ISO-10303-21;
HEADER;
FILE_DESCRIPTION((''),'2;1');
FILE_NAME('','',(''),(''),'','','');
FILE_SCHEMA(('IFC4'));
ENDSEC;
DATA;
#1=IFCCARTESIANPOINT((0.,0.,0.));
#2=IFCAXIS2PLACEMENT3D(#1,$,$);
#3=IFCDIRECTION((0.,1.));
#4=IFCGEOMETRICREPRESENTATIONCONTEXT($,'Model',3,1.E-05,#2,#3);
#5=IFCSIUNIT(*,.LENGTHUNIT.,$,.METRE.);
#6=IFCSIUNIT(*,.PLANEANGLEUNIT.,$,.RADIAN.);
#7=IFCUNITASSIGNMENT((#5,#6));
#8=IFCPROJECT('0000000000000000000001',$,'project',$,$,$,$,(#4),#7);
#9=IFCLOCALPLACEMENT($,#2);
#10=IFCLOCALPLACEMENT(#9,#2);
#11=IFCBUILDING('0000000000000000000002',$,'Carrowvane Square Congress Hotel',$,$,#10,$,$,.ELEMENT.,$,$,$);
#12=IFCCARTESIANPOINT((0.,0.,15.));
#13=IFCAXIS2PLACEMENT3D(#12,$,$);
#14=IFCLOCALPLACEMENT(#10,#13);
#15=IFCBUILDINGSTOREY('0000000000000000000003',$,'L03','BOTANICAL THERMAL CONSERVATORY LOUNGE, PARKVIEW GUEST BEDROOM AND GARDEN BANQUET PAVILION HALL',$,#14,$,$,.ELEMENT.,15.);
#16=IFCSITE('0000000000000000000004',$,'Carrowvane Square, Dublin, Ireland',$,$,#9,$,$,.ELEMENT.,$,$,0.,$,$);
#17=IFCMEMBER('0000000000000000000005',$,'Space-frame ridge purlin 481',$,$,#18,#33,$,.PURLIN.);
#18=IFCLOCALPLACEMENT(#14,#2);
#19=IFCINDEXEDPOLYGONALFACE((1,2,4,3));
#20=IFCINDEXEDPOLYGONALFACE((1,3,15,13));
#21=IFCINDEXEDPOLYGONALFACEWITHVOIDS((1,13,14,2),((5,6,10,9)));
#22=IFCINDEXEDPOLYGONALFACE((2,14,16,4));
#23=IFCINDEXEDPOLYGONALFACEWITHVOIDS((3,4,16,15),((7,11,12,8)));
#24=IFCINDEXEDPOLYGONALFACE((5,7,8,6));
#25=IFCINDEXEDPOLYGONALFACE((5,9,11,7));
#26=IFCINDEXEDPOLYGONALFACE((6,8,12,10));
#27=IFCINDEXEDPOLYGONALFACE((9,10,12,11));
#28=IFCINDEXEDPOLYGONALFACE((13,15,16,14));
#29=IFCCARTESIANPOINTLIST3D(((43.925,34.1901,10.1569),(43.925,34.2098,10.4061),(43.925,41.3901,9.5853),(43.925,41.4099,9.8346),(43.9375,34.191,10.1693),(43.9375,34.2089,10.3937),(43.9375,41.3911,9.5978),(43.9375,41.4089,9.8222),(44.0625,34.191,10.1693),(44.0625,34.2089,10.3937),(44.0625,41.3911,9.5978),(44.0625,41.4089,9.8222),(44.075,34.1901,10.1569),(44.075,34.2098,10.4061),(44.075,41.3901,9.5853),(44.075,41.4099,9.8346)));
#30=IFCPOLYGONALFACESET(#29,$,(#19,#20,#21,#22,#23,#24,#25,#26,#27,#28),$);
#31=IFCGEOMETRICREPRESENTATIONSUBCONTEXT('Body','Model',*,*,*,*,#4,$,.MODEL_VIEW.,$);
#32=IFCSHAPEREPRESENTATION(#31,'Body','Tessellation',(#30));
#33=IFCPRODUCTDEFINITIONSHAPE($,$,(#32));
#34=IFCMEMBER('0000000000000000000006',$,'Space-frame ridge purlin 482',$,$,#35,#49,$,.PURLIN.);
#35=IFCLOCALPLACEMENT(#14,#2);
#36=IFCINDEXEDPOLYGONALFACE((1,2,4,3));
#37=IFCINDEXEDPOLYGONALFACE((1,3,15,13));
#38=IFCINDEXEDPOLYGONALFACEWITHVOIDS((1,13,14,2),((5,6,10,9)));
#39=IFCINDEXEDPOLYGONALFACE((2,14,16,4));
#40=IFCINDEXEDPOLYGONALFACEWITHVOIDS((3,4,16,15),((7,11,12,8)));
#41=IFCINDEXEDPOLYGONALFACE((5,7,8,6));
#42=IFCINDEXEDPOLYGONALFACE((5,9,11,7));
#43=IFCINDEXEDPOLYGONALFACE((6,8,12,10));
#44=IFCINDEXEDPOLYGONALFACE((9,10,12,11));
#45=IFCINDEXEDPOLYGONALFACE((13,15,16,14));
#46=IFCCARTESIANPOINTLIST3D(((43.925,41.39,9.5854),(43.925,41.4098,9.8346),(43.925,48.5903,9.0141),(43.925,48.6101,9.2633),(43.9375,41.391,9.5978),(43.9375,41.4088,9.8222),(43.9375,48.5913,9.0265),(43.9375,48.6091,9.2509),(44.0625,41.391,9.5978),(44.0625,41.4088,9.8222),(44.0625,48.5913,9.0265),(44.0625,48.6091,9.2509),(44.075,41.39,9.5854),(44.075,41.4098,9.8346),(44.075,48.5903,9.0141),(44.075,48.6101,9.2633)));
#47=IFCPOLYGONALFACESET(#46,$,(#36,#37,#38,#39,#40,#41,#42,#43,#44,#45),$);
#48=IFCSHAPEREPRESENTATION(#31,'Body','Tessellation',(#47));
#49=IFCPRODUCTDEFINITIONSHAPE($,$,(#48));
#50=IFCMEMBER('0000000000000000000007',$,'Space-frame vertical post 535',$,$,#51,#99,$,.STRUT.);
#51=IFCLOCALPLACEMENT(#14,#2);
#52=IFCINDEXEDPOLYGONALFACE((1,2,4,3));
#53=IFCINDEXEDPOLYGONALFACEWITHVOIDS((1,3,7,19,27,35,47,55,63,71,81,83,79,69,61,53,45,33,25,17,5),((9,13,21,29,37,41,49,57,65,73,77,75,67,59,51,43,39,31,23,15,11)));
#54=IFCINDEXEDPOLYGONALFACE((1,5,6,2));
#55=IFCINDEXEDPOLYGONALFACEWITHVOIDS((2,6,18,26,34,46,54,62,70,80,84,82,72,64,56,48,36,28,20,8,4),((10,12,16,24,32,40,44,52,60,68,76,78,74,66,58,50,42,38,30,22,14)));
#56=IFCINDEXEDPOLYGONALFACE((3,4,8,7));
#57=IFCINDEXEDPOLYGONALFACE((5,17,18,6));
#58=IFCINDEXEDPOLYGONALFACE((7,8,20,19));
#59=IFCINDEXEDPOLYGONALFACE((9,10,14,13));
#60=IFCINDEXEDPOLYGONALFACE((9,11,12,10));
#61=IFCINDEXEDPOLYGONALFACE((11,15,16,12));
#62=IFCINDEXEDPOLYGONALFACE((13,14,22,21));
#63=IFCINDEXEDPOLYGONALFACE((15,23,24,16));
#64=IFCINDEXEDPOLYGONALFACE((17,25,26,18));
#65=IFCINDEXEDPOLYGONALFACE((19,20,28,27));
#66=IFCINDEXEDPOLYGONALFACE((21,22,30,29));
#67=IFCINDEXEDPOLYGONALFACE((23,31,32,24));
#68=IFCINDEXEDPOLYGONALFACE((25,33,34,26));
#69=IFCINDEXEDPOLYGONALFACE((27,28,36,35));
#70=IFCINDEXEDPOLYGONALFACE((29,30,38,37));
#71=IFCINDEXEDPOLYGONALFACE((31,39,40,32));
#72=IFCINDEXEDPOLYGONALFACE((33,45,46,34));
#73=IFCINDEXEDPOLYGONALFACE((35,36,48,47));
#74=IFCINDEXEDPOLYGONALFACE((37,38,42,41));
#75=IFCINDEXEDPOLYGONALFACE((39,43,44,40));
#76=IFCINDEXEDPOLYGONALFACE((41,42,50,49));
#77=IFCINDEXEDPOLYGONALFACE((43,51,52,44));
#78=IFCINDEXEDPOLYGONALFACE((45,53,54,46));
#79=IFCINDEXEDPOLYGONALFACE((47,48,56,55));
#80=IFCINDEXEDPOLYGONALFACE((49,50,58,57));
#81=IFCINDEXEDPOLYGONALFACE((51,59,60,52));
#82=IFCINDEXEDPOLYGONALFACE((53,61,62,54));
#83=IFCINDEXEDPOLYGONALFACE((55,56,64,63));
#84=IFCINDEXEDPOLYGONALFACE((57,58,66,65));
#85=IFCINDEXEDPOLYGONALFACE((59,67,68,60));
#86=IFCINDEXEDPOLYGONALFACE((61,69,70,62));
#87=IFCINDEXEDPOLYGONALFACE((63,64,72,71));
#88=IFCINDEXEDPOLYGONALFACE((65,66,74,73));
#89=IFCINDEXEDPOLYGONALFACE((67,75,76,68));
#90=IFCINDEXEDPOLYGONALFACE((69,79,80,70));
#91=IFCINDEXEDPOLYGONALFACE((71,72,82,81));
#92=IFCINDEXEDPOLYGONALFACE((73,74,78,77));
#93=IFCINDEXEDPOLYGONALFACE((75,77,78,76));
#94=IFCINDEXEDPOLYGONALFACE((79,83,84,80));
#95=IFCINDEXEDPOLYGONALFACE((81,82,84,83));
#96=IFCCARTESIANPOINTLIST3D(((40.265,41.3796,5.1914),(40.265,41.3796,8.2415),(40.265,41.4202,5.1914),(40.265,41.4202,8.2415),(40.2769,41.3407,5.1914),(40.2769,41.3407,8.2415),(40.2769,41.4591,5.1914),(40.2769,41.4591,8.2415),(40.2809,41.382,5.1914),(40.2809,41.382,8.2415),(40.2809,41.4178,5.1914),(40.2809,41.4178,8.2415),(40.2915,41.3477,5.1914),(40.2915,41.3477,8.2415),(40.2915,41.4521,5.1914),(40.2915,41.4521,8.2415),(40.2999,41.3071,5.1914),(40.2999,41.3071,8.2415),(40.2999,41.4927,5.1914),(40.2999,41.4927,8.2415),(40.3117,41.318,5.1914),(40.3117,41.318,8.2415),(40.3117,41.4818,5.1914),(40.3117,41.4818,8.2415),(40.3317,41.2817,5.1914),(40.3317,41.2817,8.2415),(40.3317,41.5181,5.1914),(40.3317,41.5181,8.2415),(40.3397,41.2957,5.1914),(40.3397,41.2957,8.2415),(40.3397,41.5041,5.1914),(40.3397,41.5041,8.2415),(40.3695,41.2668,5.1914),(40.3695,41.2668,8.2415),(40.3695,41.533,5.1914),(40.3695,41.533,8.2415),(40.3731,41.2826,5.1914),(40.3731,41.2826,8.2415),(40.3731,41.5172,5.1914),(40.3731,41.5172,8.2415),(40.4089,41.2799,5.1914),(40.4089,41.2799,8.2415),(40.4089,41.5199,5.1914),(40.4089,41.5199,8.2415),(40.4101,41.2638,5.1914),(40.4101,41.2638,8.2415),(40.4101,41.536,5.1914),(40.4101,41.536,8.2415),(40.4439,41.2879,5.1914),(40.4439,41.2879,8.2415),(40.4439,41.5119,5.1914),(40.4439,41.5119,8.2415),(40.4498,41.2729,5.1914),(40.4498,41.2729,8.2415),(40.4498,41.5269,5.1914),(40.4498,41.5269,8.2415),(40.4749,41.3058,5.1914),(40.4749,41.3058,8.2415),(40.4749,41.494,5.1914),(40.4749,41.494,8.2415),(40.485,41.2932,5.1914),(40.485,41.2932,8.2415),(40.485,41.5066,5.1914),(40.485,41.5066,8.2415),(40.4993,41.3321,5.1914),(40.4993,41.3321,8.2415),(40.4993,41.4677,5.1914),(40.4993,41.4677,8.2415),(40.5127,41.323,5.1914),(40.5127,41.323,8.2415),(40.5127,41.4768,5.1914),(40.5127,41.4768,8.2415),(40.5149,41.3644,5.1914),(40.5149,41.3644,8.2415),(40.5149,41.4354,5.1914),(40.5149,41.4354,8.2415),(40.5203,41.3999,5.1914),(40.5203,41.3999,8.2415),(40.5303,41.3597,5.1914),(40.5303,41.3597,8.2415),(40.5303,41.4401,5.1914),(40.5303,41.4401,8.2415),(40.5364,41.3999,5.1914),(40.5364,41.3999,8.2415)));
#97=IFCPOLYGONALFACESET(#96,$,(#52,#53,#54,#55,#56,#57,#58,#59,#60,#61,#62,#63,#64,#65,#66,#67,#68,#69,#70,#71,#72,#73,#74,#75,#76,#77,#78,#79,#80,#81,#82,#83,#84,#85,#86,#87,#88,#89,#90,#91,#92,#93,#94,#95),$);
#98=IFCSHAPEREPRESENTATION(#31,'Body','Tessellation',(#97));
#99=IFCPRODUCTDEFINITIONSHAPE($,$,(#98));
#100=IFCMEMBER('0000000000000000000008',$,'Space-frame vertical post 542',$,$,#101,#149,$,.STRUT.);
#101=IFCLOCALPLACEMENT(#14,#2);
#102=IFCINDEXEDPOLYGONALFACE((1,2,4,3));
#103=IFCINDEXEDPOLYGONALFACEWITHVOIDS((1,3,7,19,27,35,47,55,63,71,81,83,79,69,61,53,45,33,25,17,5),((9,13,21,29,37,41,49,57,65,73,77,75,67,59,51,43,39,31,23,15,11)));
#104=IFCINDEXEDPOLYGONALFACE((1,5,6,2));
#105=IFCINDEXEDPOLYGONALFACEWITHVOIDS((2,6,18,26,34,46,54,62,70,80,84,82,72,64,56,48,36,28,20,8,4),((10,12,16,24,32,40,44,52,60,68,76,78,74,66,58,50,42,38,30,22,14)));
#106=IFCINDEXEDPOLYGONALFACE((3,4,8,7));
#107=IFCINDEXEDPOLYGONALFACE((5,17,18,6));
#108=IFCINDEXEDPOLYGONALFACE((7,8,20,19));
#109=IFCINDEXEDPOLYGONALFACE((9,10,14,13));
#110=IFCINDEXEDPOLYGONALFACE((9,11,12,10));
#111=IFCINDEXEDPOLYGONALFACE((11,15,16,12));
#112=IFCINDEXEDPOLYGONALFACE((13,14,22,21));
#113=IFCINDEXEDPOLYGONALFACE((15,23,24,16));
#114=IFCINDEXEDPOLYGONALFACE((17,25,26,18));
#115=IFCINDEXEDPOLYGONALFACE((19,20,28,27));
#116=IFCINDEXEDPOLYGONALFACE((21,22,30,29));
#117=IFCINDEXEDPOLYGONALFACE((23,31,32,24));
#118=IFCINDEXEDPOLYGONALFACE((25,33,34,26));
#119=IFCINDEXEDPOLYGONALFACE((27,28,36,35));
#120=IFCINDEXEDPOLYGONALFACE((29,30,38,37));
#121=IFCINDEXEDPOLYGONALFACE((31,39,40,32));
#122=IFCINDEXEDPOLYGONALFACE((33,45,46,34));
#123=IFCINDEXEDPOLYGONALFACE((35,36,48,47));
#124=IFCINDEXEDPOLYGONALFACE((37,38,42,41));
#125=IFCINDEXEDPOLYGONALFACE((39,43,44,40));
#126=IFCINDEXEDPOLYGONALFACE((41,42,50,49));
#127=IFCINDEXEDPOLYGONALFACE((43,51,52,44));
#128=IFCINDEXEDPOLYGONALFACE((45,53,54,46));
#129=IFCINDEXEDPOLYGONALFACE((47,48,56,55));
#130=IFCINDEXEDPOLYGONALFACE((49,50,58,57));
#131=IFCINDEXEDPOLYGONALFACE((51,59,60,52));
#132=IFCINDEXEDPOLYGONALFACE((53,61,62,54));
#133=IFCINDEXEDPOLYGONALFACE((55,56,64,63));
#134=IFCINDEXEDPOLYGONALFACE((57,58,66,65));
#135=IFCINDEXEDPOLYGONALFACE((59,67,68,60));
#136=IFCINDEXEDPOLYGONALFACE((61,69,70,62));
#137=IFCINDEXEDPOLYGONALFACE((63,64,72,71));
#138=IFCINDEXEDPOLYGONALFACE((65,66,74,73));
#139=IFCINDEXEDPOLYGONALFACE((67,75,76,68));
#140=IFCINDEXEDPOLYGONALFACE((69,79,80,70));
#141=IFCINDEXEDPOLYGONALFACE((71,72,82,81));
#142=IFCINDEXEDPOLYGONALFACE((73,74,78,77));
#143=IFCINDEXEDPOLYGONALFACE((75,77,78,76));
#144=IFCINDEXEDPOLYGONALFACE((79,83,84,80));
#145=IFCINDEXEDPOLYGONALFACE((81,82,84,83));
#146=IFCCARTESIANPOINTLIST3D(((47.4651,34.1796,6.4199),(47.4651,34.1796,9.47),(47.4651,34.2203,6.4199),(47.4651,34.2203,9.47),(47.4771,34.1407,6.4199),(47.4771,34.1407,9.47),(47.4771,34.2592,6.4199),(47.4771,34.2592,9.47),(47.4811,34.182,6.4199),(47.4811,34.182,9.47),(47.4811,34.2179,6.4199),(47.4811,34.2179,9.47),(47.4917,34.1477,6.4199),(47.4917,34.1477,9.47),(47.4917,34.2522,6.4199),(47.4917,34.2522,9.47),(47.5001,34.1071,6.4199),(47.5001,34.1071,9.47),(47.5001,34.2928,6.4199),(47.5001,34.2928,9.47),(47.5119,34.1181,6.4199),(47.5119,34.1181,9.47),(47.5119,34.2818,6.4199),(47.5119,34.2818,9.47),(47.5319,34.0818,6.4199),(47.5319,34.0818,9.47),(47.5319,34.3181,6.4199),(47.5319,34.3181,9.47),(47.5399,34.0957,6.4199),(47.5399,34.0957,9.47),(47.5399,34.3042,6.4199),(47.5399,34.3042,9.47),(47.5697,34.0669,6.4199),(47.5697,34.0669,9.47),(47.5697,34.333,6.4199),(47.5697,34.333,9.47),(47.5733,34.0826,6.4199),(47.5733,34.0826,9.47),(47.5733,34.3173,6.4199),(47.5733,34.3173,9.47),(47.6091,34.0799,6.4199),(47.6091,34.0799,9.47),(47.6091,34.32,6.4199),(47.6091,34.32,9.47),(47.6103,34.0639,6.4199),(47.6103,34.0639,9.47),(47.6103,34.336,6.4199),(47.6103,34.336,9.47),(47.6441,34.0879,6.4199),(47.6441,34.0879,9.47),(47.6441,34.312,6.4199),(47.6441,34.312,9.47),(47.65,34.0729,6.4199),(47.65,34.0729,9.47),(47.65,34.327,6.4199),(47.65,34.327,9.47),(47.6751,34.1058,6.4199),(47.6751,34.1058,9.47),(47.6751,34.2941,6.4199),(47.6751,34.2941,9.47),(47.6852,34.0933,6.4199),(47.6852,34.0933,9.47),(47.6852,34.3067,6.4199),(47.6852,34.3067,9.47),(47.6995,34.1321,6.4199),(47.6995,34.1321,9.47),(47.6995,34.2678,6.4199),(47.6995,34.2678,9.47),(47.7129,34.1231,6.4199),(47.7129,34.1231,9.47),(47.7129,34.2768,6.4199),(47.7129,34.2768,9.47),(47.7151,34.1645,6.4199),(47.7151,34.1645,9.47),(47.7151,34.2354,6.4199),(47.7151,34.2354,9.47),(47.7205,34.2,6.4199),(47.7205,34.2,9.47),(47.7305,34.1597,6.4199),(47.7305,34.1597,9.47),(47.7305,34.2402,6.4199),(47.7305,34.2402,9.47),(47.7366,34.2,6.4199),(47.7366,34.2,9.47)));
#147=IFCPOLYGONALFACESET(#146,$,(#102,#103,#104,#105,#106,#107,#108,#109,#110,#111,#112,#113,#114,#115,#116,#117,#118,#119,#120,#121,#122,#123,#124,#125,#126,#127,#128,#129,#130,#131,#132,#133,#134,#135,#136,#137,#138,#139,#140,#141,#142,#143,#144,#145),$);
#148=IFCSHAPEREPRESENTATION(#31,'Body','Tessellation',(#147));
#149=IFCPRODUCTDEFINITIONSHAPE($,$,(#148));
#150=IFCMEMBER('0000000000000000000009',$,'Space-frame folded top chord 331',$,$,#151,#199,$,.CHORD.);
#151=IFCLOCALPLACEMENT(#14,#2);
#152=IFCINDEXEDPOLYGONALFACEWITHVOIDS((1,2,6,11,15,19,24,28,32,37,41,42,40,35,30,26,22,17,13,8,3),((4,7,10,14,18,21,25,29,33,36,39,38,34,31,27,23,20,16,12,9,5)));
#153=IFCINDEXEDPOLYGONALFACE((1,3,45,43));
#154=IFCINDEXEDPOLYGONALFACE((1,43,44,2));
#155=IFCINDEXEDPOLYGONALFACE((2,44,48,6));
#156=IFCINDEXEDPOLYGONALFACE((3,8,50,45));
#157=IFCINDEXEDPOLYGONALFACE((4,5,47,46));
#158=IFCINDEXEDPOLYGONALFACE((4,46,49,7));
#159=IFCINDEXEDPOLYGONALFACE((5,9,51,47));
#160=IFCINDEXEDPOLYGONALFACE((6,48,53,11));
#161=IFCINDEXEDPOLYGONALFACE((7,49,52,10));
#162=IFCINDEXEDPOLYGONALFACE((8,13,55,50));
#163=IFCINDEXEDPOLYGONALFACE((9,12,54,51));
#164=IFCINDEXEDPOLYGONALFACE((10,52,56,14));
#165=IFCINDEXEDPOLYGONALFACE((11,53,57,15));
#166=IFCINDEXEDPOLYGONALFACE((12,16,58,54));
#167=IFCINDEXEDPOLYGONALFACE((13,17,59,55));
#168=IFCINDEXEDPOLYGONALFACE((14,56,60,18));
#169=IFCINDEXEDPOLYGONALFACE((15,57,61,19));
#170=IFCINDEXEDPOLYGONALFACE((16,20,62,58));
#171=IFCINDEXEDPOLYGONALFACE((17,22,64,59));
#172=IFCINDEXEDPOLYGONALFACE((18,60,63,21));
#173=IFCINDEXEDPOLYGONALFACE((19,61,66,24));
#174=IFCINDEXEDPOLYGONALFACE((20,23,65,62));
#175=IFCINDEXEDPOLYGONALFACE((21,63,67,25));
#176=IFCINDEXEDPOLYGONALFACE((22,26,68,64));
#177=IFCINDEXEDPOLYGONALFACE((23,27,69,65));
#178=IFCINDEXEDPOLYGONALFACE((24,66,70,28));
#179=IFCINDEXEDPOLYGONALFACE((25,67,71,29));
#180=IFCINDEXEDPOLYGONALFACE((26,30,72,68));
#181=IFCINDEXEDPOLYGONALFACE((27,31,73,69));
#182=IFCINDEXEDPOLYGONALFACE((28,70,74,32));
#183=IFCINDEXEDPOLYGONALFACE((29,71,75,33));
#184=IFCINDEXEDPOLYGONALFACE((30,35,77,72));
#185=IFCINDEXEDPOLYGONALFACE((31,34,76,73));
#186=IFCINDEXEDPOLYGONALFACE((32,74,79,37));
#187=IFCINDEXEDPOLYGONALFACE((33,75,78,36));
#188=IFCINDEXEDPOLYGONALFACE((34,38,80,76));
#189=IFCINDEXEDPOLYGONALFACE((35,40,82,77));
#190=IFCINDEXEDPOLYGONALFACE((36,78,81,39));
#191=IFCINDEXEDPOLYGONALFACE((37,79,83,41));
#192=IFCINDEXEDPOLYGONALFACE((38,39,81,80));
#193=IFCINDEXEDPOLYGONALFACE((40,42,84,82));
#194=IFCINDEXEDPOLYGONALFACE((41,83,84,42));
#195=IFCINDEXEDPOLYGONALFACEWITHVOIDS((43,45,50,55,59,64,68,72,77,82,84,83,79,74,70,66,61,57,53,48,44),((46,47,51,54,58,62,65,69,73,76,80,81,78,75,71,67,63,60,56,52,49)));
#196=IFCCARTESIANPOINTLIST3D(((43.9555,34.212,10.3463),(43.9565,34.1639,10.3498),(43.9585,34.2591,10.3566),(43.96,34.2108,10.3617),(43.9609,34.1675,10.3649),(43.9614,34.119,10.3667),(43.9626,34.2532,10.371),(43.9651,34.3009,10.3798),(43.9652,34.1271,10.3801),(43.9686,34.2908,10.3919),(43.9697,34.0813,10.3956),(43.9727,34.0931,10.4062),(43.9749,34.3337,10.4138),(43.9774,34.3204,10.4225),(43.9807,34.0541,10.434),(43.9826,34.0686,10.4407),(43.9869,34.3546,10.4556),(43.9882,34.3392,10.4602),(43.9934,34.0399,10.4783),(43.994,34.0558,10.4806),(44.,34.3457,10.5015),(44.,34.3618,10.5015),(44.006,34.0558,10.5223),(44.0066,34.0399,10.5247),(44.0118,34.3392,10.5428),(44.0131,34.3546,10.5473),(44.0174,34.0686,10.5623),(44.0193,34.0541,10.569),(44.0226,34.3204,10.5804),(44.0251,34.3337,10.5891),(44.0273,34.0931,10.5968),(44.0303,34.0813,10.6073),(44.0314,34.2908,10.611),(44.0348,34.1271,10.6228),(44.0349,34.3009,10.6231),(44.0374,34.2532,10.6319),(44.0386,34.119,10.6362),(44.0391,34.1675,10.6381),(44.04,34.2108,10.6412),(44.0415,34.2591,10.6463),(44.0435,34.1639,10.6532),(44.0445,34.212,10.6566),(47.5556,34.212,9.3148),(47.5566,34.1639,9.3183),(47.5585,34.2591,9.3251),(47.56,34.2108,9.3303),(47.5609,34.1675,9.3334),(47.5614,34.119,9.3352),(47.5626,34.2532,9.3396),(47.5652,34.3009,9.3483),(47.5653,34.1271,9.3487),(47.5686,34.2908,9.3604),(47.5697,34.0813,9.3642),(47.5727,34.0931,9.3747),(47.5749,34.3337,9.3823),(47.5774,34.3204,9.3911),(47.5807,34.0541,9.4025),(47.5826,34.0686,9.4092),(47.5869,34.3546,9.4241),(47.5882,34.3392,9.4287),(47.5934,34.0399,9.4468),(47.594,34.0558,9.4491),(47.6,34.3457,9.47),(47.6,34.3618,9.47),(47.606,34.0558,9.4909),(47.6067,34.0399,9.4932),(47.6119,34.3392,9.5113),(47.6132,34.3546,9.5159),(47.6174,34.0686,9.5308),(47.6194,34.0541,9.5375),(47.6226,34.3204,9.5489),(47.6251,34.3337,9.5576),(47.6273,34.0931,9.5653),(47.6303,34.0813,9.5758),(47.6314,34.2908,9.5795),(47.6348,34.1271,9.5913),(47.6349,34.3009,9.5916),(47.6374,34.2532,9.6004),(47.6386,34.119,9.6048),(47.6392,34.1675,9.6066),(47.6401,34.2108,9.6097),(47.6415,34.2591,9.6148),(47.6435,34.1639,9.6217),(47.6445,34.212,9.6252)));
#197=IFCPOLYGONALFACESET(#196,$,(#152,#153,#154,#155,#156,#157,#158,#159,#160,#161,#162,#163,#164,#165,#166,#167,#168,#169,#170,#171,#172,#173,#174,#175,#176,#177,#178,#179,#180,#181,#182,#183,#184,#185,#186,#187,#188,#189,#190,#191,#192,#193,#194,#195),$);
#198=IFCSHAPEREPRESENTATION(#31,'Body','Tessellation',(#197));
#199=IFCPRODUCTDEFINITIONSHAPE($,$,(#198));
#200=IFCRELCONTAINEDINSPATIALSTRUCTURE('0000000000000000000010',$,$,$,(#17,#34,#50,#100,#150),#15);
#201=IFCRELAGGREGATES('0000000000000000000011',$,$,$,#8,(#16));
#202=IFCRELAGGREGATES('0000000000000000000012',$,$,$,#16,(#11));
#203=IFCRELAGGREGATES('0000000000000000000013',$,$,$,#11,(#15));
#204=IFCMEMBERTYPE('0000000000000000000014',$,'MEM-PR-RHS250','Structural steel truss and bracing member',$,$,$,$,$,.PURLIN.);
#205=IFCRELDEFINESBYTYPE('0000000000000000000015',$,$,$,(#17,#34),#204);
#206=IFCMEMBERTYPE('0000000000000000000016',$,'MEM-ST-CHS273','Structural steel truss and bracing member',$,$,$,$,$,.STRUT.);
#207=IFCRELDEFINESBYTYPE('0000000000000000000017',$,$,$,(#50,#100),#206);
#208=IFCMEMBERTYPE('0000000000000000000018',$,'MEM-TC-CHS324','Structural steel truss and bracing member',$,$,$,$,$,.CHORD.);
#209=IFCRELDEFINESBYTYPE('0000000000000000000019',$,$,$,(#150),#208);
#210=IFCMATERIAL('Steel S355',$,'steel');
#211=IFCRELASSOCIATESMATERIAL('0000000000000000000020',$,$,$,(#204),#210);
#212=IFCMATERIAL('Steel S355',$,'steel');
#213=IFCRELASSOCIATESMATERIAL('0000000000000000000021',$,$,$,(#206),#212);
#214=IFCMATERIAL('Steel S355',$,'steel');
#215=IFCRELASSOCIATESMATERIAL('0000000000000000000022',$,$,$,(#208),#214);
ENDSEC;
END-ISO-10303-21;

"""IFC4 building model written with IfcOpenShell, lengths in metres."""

from ifc_helpers import new_model, si_unit, direction, frame, origin, origin_2d, place, context, subcontext, project, spatial, hollow_rectangle, hollow_circle, extrude, material, material_profile, profile_set, type_object, element, save


model = new_model("IFC4")

# Units and contexts
model_context = context("Model", 3, precision=1e-05, world=origin(), true_north=direction((0.0, 1.0)))
body_context = subcontext(model_context, "Body", "Model", "MODEL_VIEW")
ifc_project = project(units=[si_unit("LENGTHUNIT", "METRE"), si_unit("PLANEANGLEUNIT", "RADIAN")], contexts=[model_context])

# Site, building, storey
site_placement = place(None, origin())
site = spatial("IfcSite", under=ifc_project, at=site_placement, Name="Carrowvane Square, Dublin, Ireland", CompositionType="ELEMENT", RefElevation=0.0)
building_placement = place(site_placement, origin())
building = spatial("IfcBuilding", under=site, at=building_placement, Name="Carrowvane Square Congress Hotel", CompositionType="ELEMENT")
storey_placement = place(building_placement, frame((0.0, 0.0, 15.0)))
storey = spatial("IfcBuildingStorey", under=building, at=storey_placement, Name="L03", Description="BOTANICAL THERMAL CONSERVATORY LOUNGE, PARKVIEW GUEST BEDROOM AND GARDEN BANQUET PAVILION HALL", CompositionType="ELEMENT", Elevation=15.0)

# Members
ifc_material_1 = material(Name="Steel S355", Category="steel")
ifc_material_profile_1 = material_profile(ifc_material_1, hollow_rectangle(XDim=0.1499, YDim=0.25, WallThickness=0.0125, at=origin_2d()), Name="RHS 250x150x12.5")
ifc_profile_set_1 = profile_set([ifc_material_profile_1], Name="Steel S355")
member_type_1 = type_object("IfcMemberType", Name="MEM-PR-RHS250", Description="Structural steel truss and bracing member", PredefinedType="PURLIN", material=ifc_profile_set_1)
member_1_placement = place(storey_placement, frame((44.0, 34.2, 10.2815), z_axis=(0.0, 0.996864, -0.079131), x_axis=(-1.0, 0.0, 0.0)))
element("IfcMember", 1, at=member_1_placement, inside=storey, type_object=member_type_1, Name="Space-frame ridge purlin 481", PredefinedType="PURLIN", context=body_context, shape_type="SweptSolid", body=[
    extrude(hollow_rectangle(XDim=0.1499, YDim=0.25, WallThickness=0.0125, at=origin_2d()), origin(), (0.0, 0.0, 1.0), 7.2227),
])
member_2_placement = place(storey_placement, frame((44.0, 41.3999, 9.71), z_axis=(0.0, 0.996867, -0.079095), x_axis=(-1.0, 0.0, 0.0)))
element("IfcMember", 2, at=member_2_placement, inside=storey, type_object=member_type_1, Name="Space-frame ridge purlin 482", PredefinedType="PURLIN", context=body_context, shape_type="SweptSolid", body=[
    extrude(hollow_rectangle(XDim=0.1499, YDim=0.25, WallThickness=0.0125, at=origin_2d()), origin(), (0.0, 0.0, 1.0), 7.2229),
])
ifc_material_2 = material(Name="Steel S355", Category="steel")
ifc_material_profile_2 = material_profile(ifc_material_2, hollow_circle(Radius=0.1365, WallThickness=0.0161, at=origin_2d()), Name="CHS 273.0x16")
ifc_profile_set_2 = profile_set([ifc_material_profile_2], Name="Steel S355")
member_type_2 = type_object("IfcMemberType", Name="MEM-ST-CHS273", Description="Structural steel truss and bracing member", PredefinedType="STRUT", material=ifc_profile_set_2)
for number, where, z_axis, x_axis, name in (
    (3, (40.3999, 41.3999, 5.1914), (0.0, 0.0, 1.0), (1.0, 0.0, 0.0), "Space-frame vertical post 535"),
    (4, (47.6001, 34.2, 6.4199), (0.0, 0.0, 1.0), (1.0, 0.0, 0.0), "Space-frame vertical post 542"),
):
    element("IfcMember", number, at=place(storey_placement, frame(where, z_axis=z_axis, x_axis=x_axis)), inside=storey, type_object=member_type_2, Name=name, PredefinedType="STRUT", context=body_context, shape_type="SweptSolid", body=[
        extrude(hollow_circle(Radius=0.1365, WallThickness=0.0161, at=origin_2d()), origin(), (0.0, 0.0, 1.0), 3.05),
    ])
ifc_material_3 = material(Name="Steel S355", Category="steel")
ifc_material_profile_3 = material_profile(ifc_material_3, hollow_circle(Radius=0.1619, WallThickness=0.0161, at=origin_2d()), Name="CHS 323.9x16")
ifc_profile_set_3 = profile_set([ifc_material_profile_3], Name="Steel S355")
member_type_3 = type_object("IfcMemberType", Name="MEM-TC-CHS324", Description="Structural steel truss and bracing member", PredefinedType="CHORD", material=ifc_profile_set_3)
member_3_placement = place(storey_placement, frame((44.0, 34.2, 10.5015), z_axis=(0.961319, 0.0, -0.275436), x_axis=(0.0, 1.0, 0.0)))
element("IfcMember", 5, at=member_3_placement, inside=storey, type_object=member_type_3, Name="Space-frame folded top chord 331", PredefinedType="CHORD", context=body_context, shape_type="SweptSolid", body=[
    extrude(hollow_circle(Radius=0.1619, WallThickness=0.0161, at=origin_2d()), origin(), (0.0, 0.0, 1.0), 3.7449),
])

save(model, "model.ifc")
